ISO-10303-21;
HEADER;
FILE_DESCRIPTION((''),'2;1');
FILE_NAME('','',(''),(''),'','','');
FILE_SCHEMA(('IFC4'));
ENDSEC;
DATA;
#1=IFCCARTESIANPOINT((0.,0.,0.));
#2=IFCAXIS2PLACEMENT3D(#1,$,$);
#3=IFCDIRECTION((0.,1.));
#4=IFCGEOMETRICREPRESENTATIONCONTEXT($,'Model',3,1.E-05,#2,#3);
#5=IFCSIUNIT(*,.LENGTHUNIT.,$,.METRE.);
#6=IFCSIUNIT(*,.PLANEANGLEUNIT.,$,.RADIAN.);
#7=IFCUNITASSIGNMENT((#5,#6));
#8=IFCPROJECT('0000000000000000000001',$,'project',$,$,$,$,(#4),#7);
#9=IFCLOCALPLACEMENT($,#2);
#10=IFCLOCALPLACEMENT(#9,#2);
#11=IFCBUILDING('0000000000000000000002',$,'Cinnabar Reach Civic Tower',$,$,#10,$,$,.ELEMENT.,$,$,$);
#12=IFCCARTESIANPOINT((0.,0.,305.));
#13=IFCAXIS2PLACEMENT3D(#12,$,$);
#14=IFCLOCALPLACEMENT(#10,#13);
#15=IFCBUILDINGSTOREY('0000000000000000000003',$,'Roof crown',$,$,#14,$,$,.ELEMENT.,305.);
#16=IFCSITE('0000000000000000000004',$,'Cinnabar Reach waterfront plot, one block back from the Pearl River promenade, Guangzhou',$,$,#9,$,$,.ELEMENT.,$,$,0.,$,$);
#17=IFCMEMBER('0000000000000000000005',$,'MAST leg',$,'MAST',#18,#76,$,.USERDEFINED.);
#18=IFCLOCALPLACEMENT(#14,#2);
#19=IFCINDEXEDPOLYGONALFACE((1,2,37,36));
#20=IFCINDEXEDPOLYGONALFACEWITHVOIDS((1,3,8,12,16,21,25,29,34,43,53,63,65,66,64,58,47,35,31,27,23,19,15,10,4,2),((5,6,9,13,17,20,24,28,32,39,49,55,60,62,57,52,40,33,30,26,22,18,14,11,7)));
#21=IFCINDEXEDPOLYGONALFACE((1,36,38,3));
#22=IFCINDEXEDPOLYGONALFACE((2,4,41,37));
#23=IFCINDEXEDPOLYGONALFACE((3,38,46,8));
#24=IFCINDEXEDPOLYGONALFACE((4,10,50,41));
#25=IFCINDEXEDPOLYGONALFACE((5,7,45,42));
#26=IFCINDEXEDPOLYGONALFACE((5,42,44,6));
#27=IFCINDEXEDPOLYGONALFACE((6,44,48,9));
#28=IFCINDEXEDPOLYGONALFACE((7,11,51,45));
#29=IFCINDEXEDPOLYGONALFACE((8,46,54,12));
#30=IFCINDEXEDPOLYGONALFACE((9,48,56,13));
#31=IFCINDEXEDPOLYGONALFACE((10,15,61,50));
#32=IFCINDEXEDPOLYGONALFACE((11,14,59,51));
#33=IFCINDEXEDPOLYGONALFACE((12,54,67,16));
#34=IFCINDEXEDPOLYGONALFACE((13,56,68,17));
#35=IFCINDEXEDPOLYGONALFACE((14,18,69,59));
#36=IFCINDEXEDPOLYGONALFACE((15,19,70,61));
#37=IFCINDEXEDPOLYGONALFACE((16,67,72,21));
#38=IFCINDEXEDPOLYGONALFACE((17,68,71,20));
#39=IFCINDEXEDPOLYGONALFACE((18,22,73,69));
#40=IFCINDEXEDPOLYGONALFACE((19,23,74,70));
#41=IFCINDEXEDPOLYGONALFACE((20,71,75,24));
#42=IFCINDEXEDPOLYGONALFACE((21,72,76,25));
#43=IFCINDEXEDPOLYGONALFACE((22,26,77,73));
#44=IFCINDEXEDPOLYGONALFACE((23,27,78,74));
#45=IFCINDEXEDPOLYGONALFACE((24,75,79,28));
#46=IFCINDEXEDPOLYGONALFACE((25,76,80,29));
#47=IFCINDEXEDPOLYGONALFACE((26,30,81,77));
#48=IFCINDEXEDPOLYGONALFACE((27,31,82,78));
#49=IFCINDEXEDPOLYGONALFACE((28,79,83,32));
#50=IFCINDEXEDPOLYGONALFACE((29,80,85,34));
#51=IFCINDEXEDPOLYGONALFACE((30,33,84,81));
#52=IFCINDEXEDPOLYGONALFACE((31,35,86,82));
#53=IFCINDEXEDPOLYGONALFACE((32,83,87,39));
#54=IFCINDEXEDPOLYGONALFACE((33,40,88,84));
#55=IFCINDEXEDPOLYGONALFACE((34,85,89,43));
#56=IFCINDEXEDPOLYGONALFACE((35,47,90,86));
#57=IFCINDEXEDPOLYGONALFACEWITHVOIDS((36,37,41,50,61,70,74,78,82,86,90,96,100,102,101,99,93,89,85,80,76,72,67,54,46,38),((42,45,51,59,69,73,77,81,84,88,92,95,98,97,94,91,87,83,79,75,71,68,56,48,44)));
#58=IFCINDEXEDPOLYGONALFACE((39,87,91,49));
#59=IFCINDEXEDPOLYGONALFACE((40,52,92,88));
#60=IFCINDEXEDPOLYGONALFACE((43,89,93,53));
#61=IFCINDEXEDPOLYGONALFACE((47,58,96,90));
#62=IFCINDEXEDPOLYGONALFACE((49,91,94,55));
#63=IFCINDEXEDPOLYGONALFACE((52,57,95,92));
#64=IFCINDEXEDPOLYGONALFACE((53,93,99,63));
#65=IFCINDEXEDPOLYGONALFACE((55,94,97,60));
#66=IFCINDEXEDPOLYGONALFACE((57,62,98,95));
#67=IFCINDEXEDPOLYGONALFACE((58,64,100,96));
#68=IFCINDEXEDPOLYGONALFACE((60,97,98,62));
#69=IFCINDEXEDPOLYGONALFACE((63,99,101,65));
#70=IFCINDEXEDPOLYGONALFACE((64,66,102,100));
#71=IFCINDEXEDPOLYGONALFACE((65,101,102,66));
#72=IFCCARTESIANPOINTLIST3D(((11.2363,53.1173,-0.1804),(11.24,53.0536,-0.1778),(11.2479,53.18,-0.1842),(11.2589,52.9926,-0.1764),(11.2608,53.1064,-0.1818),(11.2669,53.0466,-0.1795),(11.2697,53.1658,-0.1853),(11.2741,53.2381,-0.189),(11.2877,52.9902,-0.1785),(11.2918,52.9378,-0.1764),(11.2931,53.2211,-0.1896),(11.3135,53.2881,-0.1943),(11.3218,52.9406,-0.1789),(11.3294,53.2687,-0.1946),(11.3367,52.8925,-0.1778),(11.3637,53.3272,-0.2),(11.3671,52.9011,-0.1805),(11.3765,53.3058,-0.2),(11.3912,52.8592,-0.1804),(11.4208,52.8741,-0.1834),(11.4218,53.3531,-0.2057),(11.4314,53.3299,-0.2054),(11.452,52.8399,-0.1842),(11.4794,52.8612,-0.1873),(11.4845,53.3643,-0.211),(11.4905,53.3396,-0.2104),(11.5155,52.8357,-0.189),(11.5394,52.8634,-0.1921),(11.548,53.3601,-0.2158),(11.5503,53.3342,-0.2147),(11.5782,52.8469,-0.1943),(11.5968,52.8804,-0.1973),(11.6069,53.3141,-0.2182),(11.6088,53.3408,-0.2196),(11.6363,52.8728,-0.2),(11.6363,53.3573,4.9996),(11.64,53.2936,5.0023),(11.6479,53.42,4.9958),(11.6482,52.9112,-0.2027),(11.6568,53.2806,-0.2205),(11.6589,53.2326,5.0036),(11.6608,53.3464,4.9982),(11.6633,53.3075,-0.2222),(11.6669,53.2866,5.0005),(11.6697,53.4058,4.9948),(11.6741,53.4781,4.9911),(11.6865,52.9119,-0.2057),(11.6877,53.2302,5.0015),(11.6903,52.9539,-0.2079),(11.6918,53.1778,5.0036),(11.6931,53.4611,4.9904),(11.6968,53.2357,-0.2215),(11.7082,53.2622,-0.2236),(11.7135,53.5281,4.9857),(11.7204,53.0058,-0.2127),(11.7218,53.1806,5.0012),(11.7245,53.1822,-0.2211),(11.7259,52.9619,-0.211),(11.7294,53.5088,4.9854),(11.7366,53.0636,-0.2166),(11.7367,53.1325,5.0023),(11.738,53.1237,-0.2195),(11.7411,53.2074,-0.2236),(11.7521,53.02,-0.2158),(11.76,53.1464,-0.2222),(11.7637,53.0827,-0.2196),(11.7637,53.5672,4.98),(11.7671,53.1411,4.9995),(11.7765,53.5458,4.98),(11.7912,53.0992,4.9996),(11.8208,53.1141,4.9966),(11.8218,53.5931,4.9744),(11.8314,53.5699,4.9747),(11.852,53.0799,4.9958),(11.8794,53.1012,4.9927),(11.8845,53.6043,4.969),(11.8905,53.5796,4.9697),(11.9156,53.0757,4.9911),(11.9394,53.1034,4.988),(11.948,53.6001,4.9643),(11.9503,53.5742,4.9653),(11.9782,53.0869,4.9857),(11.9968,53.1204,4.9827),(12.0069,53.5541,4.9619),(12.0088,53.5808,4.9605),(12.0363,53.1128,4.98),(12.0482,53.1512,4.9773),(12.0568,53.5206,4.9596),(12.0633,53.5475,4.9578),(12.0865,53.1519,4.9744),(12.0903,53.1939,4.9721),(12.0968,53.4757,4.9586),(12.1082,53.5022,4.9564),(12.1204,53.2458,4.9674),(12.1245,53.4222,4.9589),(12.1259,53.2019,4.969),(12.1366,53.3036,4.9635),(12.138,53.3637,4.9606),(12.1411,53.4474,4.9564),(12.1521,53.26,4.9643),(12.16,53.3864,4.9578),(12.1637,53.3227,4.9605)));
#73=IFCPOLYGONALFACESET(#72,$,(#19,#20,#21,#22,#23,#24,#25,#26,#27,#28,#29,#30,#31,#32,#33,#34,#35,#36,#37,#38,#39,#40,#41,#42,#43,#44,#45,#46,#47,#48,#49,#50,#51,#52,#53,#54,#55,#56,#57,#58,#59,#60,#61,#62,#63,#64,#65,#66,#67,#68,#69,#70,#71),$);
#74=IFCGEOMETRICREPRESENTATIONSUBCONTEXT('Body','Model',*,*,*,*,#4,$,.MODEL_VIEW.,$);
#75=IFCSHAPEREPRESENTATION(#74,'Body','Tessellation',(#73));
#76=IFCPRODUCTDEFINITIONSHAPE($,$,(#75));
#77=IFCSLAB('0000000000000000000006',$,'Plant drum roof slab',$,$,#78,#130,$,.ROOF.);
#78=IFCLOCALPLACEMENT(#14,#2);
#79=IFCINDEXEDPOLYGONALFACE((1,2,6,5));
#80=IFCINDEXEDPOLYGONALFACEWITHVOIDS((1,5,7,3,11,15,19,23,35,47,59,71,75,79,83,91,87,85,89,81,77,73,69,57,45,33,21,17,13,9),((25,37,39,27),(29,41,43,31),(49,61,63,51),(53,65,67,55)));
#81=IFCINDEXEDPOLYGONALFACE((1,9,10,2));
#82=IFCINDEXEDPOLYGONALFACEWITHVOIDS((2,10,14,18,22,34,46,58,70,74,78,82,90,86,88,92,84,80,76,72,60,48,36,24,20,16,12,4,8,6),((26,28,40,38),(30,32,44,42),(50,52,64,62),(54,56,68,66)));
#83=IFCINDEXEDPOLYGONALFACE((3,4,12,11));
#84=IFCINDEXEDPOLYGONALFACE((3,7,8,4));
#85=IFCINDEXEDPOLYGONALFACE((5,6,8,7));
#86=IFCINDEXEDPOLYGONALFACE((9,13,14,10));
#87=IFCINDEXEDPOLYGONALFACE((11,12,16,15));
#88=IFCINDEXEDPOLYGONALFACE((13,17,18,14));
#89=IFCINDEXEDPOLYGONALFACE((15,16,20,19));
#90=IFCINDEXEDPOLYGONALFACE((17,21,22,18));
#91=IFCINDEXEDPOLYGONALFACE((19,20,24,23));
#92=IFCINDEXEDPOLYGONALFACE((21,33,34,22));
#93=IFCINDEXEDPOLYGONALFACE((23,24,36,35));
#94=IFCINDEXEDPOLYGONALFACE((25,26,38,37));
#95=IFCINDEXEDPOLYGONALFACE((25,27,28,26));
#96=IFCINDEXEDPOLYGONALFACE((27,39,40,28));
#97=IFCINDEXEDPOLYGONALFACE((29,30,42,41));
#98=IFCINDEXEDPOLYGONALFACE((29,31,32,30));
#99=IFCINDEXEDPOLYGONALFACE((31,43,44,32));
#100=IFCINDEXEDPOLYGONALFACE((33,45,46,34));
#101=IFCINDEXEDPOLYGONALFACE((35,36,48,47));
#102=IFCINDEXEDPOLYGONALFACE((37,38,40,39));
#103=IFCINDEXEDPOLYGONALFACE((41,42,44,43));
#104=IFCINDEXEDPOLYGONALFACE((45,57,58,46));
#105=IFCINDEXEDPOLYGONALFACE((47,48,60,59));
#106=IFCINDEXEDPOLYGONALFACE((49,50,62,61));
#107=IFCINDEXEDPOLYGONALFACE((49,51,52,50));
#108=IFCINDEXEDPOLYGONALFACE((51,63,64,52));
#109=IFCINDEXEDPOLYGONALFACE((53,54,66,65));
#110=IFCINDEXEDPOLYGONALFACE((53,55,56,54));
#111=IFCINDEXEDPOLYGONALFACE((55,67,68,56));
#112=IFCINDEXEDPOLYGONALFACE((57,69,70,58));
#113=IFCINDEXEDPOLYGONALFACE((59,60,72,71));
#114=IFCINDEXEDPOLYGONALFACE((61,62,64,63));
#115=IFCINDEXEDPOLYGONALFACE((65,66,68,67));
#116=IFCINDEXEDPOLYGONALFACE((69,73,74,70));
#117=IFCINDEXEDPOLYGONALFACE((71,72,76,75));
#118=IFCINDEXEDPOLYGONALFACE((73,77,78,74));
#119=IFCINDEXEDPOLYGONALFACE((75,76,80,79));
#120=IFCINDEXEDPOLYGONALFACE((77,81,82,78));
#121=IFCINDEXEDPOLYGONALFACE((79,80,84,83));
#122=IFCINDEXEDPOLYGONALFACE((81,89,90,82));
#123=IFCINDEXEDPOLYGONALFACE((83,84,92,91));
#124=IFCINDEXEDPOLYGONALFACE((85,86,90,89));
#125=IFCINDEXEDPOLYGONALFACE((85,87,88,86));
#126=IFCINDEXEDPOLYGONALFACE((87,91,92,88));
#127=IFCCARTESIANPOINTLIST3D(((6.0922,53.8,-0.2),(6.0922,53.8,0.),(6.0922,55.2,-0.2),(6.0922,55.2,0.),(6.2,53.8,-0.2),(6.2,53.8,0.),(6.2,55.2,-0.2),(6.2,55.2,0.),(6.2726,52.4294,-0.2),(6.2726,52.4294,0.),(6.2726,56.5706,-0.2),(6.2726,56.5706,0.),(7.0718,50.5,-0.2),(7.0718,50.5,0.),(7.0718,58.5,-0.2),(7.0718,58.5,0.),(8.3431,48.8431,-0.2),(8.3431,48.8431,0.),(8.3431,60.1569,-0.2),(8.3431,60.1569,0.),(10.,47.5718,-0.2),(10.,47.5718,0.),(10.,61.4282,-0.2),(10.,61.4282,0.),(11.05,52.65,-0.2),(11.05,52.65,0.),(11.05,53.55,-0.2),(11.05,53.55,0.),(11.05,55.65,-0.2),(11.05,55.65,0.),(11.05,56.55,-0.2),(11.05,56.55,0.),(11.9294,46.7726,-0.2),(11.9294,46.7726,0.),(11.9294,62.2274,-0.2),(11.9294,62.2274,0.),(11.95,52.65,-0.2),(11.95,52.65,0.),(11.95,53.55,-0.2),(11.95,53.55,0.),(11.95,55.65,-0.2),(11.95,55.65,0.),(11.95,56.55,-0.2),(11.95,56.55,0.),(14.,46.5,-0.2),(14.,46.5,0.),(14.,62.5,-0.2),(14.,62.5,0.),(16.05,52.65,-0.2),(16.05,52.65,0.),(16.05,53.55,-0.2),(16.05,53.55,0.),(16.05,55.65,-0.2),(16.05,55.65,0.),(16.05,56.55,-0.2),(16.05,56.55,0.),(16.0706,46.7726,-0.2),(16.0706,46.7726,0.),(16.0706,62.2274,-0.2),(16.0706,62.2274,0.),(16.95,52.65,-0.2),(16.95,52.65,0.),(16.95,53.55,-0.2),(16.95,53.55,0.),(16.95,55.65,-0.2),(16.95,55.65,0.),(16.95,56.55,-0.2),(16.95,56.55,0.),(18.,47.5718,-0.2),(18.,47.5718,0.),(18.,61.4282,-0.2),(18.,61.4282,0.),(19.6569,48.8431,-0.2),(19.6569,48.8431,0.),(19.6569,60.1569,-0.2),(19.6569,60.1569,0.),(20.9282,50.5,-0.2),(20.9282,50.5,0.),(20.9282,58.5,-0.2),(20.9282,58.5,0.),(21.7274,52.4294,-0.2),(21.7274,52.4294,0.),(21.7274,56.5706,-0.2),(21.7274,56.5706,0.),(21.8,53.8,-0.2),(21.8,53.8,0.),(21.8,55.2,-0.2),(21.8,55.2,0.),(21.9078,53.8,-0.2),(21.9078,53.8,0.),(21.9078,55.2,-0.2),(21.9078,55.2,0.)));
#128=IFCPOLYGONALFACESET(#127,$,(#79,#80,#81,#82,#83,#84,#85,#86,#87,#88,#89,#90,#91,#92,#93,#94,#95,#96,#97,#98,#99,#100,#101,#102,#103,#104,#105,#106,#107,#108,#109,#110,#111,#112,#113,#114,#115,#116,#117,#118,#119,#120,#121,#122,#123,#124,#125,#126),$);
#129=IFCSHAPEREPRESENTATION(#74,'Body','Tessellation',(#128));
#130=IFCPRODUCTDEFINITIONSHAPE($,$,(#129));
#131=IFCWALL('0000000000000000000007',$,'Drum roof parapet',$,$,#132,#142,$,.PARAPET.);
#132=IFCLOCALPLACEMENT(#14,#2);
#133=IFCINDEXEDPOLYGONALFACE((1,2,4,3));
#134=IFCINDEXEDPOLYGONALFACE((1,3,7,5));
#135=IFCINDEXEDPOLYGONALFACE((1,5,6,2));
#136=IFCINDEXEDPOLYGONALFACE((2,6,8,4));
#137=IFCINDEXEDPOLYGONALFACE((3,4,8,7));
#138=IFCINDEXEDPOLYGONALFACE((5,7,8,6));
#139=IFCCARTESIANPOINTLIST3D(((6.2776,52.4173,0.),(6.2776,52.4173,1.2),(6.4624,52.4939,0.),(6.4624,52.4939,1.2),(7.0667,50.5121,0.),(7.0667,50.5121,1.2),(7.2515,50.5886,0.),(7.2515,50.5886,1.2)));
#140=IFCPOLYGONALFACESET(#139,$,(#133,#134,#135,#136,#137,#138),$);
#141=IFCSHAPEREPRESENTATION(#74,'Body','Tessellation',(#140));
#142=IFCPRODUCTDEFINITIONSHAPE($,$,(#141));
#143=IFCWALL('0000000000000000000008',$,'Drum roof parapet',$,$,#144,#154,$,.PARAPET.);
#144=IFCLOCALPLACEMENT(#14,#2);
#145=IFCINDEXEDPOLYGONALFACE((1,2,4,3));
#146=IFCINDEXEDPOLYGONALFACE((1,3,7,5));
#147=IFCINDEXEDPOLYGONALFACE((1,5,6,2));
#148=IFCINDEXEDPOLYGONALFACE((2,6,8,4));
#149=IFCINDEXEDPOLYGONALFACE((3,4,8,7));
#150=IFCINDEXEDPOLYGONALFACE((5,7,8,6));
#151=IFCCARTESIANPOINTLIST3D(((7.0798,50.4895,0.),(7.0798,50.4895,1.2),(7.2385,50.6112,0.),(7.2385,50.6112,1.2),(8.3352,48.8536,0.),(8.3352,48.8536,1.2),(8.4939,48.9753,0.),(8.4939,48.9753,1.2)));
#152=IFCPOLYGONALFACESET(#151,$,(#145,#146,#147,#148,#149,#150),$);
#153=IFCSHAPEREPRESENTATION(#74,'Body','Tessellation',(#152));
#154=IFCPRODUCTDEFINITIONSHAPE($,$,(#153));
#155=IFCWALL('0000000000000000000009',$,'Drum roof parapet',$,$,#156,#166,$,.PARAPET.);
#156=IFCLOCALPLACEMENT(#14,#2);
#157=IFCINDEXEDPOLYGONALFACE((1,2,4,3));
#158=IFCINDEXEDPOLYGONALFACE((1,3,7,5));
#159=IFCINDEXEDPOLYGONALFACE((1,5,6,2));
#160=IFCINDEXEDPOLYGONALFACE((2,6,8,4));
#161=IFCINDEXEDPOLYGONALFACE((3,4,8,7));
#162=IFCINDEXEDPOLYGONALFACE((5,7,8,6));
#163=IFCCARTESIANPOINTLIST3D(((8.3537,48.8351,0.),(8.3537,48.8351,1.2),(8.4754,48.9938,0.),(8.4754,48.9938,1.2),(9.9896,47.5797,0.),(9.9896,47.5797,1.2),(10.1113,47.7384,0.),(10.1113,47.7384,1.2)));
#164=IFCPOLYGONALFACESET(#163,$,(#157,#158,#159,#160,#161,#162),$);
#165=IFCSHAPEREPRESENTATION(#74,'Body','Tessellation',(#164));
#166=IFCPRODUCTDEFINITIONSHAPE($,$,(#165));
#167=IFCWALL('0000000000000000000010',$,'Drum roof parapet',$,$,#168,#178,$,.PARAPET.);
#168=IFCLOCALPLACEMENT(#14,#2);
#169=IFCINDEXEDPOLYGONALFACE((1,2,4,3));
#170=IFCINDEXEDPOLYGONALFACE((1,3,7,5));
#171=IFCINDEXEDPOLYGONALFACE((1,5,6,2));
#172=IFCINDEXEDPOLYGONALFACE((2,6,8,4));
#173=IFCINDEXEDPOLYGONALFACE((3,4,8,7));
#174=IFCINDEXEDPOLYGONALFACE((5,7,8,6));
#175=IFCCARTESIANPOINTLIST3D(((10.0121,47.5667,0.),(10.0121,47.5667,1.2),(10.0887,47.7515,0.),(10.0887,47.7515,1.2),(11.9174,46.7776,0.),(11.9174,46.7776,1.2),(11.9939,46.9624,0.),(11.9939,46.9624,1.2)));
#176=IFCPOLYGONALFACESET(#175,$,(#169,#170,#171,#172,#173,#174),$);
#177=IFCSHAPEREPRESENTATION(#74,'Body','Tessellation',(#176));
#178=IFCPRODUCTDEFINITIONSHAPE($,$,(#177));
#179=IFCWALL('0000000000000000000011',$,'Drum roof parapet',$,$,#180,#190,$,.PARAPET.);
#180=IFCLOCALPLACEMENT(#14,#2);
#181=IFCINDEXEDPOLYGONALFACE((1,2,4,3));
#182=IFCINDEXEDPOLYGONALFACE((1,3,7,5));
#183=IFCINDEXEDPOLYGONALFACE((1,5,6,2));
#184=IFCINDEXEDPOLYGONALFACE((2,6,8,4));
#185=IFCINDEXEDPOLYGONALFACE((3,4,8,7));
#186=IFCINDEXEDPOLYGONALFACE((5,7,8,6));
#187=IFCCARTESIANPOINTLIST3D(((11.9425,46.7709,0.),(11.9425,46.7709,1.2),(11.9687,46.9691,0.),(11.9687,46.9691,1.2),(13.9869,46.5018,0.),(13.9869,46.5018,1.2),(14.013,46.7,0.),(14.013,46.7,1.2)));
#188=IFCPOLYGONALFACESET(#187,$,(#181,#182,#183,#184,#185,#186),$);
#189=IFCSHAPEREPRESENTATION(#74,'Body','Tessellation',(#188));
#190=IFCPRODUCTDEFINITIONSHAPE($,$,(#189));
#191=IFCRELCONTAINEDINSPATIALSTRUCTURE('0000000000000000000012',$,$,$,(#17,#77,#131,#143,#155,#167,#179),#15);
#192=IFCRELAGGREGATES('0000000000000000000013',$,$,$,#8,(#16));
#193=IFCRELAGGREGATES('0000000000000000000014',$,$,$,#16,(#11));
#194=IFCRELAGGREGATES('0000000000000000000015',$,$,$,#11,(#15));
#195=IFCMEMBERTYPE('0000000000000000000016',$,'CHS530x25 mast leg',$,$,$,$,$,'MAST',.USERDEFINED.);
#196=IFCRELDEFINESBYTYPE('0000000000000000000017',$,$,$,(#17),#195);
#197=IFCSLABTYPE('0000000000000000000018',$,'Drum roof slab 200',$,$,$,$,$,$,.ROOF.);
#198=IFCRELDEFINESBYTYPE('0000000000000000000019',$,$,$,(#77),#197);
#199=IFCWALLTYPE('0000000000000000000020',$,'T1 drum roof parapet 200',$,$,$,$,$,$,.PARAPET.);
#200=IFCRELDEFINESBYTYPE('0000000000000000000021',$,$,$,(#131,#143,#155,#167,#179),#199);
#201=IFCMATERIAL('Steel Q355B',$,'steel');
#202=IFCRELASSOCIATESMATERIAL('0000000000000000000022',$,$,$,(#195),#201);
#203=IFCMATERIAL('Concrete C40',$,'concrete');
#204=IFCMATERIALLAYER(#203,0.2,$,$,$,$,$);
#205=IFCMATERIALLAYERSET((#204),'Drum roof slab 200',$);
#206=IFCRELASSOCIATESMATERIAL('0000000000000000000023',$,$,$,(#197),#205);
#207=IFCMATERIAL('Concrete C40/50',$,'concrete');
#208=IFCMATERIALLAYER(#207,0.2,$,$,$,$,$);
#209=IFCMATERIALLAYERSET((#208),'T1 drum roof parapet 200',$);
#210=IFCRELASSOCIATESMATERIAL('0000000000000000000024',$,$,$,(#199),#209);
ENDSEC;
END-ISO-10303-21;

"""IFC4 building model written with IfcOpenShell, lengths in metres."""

from ifc_helpers import new_model, si_unit, direction, frame, frame_2d, origin, origin_2d, place, context, subcontext, project, spatial, polyline, rectangle, hollow_circle, outline, extrude, material, layer, layer_set, material_profile, profile_set, type_object, element, save


model = new_model("IFC4")

# Units and contexts
model_context = context("Model", 3, precision=1e-05, world=origin(), true_north=direction((0.0, 1.0)))
body_context = subcontext(model_context, "Body", "Model", "MODEL_VIEW")
ifc_project = project(units=[si_unit("LENGTHUNIT", "METRE"), si_unit("PLANEANGLEUNIT", "RADIAN")], contexts=[model_context])

# Site, building, storey
site_placement = place(None, origin())
site = spatial("IfcSite", under=ifc_project, at=site_placement, Name="Cinnabar Reach waterfront plot, one block back from the Pearl River promenade, Guangzhou", CompositionType="ELEMENT", RefElevation=0.0)
building_placement = place(site_placement, origin())
building = spatial("IfcBuilding", under=site, at=building_placement, Name="Cinnabar Reach Civic Tower", CompositionType="ELEMENT")
storey_placement = place(building_placement, frame((0.0, 0.0, 305.0)))
storey = spatial("IfcBuildingStorey", under=building, at=storey_placement, Name="Roof crown", CompositionType="ELEMENT", Elevation=305.0)

# Member
ifc_material_1 = material(Name="Steel Q355B", Category="steel")
ifc_material_profile_1 = material_profile(ifc_material_1, hollow_circle(Radius=0.265, WallThickness=0.025, at=origin_2d()), Name="CHS530x25")
ifc_profile_set_1 = profile_set([ifc_material_profile_1], Name="Steel Q355B")
member_type_1 = type_object("IfcMemberType", Name="CHS530x25 mast leg", ElementType="MAST", PredefinedType="USERDEFINED", material=ifc_profile_set_1)
for number, where, z_axis, x_axis, name in (
    (1, (11.5, 53.1, -0.2), (0.076909, 0.046145, 0.99597), (-0.514496, 0.857493, 0.0), "MAST leg"),
):
    element("IfcMember", number, at=place(storey_placement, frame(where, z_axis=z_axis, x_axis=x_axis)), inside=storey, type_object=member_type_1, Name=name, ObjectType="MAST", PredefinedType="USERDEFINED", context=body_context, shape_type="SweptSolid", body=[
        extrude(hollow_circle(Radius=0.265, WallThickness=0.025, at=origin_2d()), origin(), (0.0, 0.0, 1.0), 5.201),
    ])

# Slab
ifc_material_2 = material(Name="Concrete C40", Category="concrete")
ifc_layer_1 = layer(ifc_material_2, 0.2)
ifc_layer_set_1 = layer_set([ifc_layer_1], Name="Drum roof slab 200")
slab_type = type_object("IfcSlabType", Name="Drum roof slab 200", PredefinedType="ROOF", material=ifc_layer_set_1)
slab_placement = place(storey_placement, frame((0.0, 0.0, -0.2)))
element("IfcSlab", 2, at=slab_placement, inside=storey, type_object=slab_type, Name="Plant drum roof slab", PredefinedType="ROOF", context=body_context, shape_type="SweptSolid", body=[
    extrude(outline(polyline([(6.2726, 56.5706), (7.0718, 58.5), (8.3431, 60.1569), (10.0, 61.4282), (11.9294, 62.2274), (14.0, 62.5), (16.0706, 62.2274), (18.0, 61.4282), (19.6569, 60.1569), (20.9282, 58.5), (21.7274, 56.5706), (21.9078, 55.2), (21.8, 55.2), (21.8, 53.8), (21.9078, 53.8), (21.7274, 52.4294), (20.9282, 50.5), (19.6569, 48.8431), (18.0, 47.5718), (16.0706, 46.7726), (14.0, 46.5), (11.9294, 46.7726), (10.0, 47.5718), (8.3431, 48.8431), (7.0718, 50.5), (6.2726, 52.4294), (6.0922, 53.8), (6.2, 53.8), (6.2, 55.2), (6.0922, 55.2), (6.2726, 56.5706)]), holes=[polyline([(16.05, 52.65), (16.95, 52.65), (16.95, 53.55), (16.05, 53.55), (16.05, 52.65)]), polyline([(16.05, 55.65), (16.95, 55.65), (16.95, 56.55), (16.05, 56.55), (16.05, 55.65)]), polyline([(11.05, 55.65), (11.95, 55.65), (11.95, 56.55), (11.05, 56.55), (11.05, 55.65)]), polyline([(11.05, 52.65), (11.95, 52.65), (11.95, 53.55), (11.05, 53.55), (11.05, 52.65)])]), origin(), (0.0, 0.0, 1.0), 0.2),
])

# Walls
ifc_material_3 = material(Name="Concrete C40/50", Category="concrete")
ifc_layer_2 = layer(ifc_material_3, 0.2)
ifc_layer_set_2 = layer_set([ifc_layer_2], Name="T1 drum roof parapet 200")
wall_type = type_object("IfcWallType", Name="T1 drum roof parapet 200", PredefinedType="PARAPET", material=ifc_layer_set_2)
wall_1_placement = place(storey_placement, frame((6.37, 52.4556, 0.0), z_axis=(0.0, 0.0, 1.0), x_axis=(0.382659, -0.92389, 0.0)))
element("IfcWall", 3, at=wall_1_placement, inside=storey, type_object=wall_type, Name="Drum roof parapet", PredefinedType="PARAPET", context=body_context, shape_type="SweptSolid", body=[
    extrude(rectangle(XDim=2.0622, YDim=0.2, at=frame_2d((1.0311, 0.0))), origin(), (0.0, 0.0, 1.0), 1.2),
])
for number, where, z_axis, x_axis, name in (
    (4, (7.1591, 50.5504, 0.0), (0.0, 0.0, 1.0), (0.608801, -0.793323, 0.0), "Drum roof parapet"),
    (5, (8.4145, 48.9145, 0.0), (0.0, 0.0, 1.0), (0.793323, -0.608801, 0.0), "Drum roof parapet"),
):
    element("IfcWall", number, at=place(storey_placement, frame(where, z_axis=z_axis, x_axis=x_axis)), inside=storey, type_object=wall_type, Name=name, PredefinedType="PARAPET", context=body_context, shape_type="SweptSolid", body=[
        extrude(rectangle(XDim=2.0621, YDim=0.2, at=frame_2d((1.0311, 0.0))), origin(), (0.0, 0.0, 1.0), 1.2),
    ])
wall_2_placement = place(storey_placement, frame((10.0504, 47.6591, 0.0), z_axis=(0.0, 0.0, 1.0), x_axis=(0.92389, -0.382659, 0.0)))
element("IfcWall", 6, at=wall_2_placement, inside=storey, type_object=wall_type, Name="Drum roof parapet", PredefinedType="PARAPET", context=body_context, shape_type="SweptSolid", body=[
    extrude(rectangle(XDim=2.0622, YDim=0.2, at=frame_2d((1.0311, 0.0))), origin(), (0.0, 0.0, 1.0), 1.2),
])
for number, where, z_axis, x_axis, name in (
    (7, (11.9556, 46.87, 0.0), (0.0, 0.0, 1.0), (0.991448, -0.130502, 0.0), "Drum roof parapet"),
):
    element("IfcWall", number, at=place(storey_placement, frame(where, z_axis=z_axis, x_axis=x_axis)), inside=storey, type_object=wall_type, Name=name, PredefinedType="PARAPET", context=body_context, shape_type="SweptSolid", body=[
        extrude(rectangle(XDim=2.062, YDim=0.2, at=frame_2d((1.031, 0.0))), origin(), (0.0, 0.0, 1.0), 1.2),
    ])

save(model, "model.ifc")
